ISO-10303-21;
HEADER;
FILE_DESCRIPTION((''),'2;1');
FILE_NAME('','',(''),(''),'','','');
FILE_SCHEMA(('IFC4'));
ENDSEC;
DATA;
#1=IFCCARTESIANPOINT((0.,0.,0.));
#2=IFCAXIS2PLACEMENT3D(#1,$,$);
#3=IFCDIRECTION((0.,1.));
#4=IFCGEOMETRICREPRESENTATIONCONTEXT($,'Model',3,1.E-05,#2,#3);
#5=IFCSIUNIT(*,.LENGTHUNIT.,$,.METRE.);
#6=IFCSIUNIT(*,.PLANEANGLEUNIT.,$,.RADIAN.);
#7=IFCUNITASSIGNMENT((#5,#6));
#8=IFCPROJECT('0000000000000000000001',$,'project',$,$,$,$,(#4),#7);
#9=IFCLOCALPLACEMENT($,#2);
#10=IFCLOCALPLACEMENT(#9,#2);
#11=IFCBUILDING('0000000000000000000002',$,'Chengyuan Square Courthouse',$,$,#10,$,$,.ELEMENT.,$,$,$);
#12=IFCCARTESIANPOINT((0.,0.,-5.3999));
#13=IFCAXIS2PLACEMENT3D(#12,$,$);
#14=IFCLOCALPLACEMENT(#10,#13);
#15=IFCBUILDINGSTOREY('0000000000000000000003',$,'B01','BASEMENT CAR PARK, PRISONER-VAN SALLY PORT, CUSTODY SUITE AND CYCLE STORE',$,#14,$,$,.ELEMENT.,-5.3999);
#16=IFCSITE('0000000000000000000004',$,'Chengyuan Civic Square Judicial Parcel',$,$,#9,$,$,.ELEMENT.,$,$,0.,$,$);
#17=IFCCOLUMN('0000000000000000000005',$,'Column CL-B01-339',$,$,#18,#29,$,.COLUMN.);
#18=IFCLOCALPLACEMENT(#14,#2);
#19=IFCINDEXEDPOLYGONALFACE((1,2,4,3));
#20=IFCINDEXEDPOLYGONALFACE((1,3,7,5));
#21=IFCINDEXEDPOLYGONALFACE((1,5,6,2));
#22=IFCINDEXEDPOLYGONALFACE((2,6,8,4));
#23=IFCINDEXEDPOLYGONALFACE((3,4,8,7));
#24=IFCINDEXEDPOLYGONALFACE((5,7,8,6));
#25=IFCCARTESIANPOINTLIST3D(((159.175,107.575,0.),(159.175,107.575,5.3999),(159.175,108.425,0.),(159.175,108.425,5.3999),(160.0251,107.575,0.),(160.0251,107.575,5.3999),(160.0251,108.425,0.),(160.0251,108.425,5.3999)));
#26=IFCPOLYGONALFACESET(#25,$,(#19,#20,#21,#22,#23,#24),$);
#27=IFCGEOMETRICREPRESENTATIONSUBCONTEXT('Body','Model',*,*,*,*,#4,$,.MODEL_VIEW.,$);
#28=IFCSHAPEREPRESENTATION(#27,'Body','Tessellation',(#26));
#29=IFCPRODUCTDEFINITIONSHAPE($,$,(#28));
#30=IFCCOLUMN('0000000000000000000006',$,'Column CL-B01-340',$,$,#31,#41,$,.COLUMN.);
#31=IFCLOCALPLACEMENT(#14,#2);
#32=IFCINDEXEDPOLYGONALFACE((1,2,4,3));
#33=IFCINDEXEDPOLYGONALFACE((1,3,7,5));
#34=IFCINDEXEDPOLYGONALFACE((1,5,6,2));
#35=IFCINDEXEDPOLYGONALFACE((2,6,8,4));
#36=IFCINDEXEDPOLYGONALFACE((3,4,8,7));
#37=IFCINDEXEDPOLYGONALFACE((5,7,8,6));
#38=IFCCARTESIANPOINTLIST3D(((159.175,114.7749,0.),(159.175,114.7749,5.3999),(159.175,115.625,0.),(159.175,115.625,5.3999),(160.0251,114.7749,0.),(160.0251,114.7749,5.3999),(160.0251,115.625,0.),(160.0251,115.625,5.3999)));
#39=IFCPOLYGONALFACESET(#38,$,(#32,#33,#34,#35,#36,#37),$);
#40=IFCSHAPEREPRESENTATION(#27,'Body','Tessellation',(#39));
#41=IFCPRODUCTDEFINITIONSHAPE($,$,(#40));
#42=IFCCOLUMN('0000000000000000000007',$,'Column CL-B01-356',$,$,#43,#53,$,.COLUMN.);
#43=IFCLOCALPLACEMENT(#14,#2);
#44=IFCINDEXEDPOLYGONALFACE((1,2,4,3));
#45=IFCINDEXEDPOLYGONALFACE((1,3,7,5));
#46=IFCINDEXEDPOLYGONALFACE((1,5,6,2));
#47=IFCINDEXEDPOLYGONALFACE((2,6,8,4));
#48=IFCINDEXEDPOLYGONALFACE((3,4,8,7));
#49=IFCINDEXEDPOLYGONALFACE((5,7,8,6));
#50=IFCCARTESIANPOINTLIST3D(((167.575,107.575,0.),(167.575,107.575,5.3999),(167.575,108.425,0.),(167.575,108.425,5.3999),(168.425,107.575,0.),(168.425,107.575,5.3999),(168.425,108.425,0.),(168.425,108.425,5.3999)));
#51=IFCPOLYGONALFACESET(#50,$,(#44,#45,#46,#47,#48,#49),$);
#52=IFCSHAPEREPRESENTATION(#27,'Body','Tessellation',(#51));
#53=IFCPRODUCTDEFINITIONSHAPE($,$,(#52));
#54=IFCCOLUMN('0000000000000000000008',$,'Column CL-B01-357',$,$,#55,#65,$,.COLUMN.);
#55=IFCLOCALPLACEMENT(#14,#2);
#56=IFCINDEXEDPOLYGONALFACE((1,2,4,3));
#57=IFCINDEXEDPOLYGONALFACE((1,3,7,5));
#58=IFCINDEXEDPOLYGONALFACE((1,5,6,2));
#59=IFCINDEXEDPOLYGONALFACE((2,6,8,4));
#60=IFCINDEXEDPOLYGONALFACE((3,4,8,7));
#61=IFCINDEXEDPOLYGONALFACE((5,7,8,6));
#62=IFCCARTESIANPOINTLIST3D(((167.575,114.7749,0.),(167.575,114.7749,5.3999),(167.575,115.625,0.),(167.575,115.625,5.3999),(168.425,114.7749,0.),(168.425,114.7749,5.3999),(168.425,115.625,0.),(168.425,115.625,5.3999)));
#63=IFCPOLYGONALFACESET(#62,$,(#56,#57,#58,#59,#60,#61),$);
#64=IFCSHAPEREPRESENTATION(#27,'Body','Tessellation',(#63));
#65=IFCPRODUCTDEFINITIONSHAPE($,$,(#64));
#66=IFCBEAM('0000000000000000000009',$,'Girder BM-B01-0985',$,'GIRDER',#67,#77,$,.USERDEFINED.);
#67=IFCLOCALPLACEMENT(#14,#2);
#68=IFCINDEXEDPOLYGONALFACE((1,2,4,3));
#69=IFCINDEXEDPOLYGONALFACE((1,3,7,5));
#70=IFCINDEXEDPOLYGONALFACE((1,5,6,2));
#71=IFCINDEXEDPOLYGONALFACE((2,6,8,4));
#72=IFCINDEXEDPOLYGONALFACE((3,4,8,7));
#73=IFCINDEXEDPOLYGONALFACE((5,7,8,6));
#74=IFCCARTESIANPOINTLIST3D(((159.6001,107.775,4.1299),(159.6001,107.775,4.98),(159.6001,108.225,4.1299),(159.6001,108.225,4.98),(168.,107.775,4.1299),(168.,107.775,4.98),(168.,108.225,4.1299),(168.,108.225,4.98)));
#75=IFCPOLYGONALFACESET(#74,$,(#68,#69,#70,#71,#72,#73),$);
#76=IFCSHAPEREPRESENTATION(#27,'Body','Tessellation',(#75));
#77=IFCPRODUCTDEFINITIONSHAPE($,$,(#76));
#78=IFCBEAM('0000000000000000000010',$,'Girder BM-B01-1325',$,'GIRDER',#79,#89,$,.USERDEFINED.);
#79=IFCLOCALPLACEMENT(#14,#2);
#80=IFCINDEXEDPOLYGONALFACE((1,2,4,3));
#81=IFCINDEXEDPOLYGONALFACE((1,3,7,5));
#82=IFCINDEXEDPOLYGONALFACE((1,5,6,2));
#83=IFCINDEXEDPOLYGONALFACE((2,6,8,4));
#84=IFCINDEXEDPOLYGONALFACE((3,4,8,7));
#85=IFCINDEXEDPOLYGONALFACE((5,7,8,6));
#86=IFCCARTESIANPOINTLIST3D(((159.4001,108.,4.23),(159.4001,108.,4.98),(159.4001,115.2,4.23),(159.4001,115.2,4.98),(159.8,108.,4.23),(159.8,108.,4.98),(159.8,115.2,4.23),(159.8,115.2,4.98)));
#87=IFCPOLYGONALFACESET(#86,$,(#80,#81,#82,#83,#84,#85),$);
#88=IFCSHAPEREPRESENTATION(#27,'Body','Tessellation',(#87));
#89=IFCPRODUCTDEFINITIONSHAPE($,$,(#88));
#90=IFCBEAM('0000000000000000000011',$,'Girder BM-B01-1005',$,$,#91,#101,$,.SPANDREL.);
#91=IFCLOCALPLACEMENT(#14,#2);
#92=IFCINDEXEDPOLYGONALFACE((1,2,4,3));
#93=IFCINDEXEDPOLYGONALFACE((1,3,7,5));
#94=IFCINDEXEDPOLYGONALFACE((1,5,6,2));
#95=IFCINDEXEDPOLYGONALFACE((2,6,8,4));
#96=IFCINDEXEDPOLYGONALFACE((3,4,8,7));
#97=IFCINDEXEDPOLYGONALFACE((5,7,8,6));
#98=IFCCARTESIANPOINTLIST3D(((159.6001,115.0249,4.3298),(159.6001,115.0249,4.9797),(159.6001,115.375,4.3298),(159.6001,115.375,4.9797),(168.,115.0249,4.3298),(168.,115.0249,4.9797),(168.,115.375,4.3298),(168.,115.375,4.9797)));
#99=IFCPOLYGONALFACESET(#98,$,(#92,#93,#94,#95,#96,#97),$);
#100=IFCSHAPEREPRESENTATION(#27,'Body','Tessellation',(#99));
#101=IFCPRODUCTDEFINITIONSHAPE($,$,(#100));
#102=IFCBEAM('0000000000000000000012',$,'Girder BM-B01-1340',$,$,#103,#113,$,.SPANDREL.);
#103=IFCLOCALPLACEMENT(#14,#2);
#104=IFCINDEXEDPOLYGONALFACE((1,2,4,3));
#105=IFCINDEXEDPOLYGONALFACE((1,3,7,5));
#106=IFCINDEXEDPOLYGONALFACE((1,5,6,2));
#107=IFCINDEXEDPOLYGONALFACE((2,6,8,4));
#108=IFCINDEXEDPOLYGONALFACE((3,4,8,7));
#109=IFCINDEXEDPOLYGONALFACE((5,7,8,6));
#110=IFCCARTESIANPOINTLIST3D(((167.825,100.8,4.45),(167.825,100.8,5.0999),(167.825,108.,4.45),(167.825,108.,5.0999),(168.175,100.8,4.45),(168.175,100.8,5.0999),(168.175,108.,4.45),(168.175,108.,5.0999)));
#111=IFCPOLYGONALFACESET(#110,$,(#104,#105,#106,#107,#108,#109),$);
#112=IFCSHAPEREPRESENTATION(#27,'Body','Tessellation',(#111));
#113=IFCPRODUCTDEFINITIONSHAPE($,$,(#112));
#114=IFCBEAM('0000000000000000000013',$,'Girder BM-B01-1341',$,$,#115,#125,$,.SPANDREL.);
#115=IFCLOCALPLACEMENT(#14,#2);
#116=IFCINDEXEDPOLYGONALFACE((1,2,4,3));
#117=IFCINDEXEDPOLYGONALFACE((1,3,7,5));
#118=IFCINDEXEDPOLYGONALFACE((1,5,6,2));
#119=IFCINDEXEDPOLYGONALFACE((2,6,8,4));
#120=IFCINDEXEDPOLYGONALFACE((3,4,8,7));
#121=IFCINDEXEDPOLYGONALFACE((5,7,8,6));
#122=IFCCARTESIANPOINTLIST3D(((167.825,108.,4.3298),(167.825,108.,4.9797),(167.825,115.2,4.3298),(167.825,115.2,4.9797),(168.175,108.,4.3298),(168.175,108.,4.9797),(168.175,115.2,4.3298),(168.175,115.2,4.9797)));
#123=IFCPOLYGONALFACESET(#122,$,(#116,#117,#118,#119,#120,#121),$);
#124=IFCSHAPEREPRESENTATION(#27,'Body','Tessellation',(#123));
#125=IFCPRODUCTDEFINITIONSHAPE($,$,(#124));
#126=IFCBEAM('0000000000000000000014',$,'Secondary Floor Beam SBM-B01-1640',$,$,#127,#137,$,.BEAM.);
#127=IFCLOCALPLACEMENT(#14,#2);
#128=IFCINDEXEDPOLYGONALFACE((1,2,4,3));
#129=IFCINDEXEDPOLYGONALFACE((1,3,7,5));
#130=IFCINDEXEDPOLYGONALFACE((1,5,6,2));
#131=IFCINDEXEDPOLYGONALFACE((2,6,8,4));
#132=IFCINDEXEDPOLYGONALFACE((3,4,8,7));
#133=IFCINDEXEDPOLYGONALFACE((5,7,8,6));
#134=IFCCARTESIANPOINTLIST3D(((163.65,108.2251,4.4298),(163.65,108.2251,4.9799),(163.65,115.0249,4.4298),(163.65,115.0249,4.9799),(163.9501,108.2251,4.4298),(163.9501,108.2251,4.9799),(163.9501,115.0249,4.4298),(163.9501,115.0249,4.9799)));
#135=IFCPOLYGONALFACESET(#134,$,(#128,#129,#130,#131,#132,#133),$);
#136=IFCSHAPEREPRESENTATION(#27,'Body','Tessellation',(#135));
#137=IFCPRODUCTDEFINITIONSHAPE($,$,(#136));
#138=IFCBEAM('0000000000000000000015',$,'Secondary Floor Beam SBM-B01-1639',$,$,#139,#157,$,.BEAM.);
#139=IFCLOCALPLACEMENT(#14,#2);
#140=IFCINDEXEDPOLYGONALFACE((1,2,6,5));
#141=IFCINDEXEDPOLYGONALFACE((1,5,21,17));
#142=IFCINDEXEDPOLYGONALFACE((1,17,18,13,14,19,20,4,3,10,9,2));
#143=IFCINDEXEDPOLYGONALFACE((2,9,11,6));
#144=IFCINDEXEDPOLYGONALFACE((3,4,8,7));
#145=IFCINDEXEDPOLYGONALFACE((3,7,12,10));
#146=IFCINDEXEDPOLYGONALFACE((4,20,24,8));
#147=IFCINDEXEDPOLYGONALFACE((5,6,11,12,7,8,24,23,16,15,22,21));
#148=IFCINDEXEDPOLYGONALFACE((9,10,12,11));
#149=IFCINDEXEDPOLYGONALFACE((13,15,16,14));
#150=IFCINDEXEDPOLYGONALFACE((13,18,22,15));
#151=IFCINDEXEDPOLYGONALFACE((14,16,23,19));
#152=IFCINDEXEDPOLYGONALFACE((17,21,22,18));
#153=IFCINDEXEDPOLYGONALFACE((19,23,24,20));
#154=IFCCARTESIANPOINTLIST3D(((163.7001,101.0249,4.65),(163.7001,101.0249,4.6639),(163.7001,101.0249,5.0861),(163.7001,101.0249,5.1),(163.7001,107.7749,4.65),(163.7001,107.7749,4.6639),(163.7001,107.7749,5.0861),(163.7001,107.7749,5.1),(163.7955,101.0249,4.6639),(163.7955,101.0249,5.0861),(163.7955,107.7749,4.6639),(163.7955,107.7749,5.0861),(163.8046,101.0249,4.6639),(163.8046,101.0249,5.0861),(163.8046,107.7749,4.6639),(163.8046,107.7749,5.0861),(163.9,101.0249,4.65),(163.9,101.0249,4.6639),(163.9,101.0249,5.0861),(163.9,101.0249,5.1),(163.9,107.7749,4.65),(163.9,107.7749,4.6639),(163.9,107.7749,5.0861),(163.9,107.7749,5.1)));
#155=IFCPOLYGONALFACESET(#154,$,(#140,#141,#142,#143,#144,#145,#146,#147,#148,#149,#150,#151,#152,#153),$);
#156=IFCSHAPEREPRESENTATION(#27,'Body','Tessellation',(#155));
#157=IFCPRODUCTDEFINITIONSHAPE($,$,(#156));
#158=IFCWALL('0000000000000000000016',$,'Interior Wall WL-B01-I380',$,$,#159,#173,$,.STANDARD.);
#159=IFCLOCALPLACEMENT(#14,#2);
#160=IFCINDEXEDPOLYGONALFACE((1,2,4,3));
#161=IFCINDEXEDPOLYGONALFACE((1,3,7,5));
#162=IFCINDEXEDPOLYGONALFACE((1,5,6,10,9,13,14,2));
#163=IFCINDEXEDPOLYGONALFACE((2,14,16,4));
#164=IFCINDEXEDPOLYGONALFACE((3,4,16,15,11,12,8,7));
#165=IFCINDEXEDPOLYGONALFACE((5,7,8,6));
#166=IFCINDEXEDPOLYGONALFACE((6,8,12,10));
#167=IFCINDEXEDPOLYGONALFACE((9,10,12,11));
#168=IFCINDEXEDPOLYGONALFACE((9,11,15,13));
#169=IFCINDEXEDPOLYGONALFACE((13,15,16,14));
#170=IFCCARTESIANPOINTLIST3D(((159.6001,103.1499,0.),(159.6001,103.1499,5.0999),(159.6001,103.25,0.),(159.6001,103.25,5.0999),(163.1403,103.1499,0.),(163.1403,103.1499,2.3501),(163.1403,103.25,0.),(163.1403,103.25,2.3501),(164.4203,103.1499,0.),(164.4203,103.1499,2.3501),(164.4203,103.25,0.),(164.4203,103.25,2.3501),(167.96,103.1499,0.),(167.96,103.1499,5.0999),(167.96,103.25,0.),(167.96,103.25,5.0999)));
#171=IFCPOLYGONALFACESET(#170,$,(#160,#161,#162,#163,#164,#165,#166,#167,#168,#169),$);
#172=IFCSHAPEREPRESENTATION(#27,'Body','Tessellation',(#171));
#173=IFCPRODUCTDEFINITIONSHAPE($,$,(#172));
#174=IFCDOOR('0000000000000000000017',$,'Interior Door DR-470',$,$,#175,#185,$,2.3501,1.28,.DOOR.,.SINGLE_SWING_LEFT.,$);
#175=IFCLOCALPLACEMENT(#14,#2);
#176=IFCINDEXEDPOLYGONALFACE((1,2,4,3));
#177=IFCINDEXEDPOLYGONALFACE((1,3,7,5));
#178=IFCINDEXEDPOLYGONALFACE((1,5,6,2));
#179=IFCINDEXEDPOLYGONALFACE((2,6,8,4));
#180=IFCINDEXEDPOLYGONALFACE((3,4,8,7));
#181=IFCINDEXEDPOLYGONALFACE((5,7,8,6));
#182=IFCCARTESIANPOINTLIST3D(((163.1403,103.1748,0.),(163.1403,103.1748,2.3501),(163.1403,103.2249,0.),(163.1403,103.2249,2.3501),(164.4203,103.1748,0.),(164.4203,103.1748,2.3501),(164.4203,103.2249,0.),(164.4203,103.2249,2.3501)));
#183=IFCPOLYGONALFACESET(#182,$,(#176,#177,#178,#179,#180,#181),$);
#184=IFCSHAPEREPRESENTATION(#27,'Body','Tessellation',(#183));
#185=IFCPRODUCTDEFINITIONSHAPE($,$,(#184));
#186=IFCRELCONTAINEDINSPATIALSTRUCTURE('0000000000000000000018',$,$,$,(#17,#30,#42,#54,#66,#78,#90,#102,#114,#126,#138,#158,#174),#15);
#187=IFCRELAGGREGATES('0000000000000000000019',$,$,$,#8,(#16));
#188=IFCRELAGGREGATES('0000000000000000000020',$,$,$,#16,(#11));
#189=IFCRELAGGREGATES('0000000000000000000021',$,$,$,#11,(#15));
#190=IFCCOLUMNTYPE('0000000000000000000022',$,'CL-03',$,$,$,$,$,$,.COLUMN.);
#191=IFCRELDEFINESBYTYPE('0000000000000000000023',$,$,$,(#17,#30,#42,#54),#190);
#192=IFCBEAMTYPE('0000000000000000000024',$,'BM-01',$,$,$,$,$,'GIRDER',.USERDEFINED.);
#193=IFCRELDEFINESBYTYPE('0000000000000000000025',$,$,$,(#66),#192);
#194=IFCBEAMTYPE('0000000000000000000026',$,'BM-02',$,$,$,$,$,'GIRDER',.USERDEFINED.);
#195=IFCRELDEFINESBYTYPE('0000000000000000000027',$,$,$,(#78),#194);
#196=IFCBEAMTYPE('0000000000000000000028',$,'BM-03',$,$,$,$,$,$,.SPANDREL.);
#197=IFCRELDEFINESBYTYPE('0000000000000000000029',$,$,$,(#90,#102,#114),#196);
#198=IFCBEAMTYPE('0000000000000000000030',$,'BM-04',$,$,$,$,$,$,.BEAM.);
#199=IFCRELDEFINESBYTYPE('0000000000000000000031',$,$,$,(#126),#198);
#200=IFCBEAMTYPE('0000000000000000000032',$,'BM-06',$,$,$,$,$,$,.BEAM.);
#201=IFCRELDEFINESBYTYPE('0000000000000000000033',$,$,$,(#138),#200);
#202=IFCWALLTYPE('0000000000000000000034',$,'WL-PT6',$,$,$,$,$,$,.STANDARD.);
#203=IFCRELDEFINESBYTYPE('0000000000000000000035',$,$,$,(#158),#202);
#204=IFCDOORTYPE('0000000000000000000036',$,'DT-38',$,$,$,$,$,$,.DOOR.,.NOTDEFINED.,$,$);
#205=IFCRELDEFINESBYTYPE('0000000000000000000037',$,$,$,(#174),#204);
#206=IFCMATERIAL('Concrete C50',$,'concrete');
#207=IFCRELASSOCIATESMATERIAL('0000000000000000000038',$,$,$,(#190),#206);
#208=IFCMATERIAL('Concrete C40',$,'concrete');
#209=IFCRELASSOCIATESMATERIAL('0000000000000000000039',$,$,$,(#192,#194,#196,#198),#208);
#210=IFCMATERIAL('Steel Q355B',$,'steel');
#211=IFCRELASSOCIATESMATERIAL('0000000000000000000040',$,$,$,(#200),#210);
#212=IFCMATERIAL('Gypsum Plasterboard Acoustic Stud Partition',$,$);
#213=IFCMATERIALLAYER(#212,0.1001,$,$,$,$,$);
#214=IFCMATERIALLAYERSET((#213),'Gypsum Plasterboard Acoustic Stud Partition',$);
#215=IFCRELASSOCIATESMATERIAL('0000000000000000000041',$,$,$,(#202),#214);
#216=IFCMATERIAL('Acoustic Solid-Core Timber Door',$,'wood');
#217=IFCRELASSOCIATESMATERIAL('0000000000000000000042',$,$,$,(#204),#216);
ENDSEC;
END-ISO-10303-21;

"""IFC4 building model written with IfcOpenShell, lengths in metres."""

from ifc_helpers import new_model, si_unit, direction, frame, frame_2d, origin, origin_2d, place, context, subcontext, project, spatial, rectangle, i_section, extrude, material, layer, layer_set, material_profile, profile_set, type_object, element, fill, save


model = new_model("IFC4")

# Units and contexts
model_context = context("Model", 3, precision=1e-05, world=origin(), true_north=direction((0.0, 1.0)))
body_context = subcontext(model_context, "Body", "Model", "MODEL_VIEW")
ifc_project = project(units=[si_unit("LENGTHUNIT", "METRE"), si_unit("PLANEANGLEUNIT", "RADIAN")], contexts=[model_context])

# Site, building, storey
site_placement = place(None, origin())
site = spatial("IfcSite", under=ifc_project, at=site_placement, Name="Chengyuan Civic Square Judicial Parcel", CompositionType="ELEMENT", RefElevation=0.0)
building_placement = place(site_placement, origin())
building = spatial("IfcBuilding", under=site, at=building_placement, Name="Chengyuan Square Courthouse", CompositionType="ELEMENT")
storey_placement = place(building_placement, frame((0.0, 0.0, -5.3999)))
storey = spatial("IfcBuildingStorey", under=building, at=storey_placement, Name="B01", Description="BASEMENT CAR PARK, PRISONER-VAN SALLY PORT, CUSTODY SUITE AND CYCLE STORE", CompositionType="ELEMENT", Elevation=-5.3999)

# Columns
ifc_material_1 = material(Name="Concrete C50", Category="concrete")
ifc_material_profile_1 = material_profile(ifc_material_1, rectangle(XDim=0.8501, YDim=0.8501, at=origin_2d()), Name="RC-COL-850x850")
ifc_profile_set_1 = profile_set([ifc_material_profile_1], Name="Concrete C50")
column_type = type_object("IfcColumnType", Name="CL-03", PredefinedType="COLUMN", material=ifc_profile_set_1)
for number, where, z_axis, x_axis, name in (
    (1, (159.6001, 108.0, 0.0), (0.0, 0.0, 1.0), (1.0, 0.0, 0.0), "Column CL-B01-339"),
    (2, (159.6001, 115.2, 0.0), (0.0, 0.0, 1.0), (1.0, 0.0, 0.0), "Column CL-B01-340"),
    (3, (168.0, 108.0, 0.0), (0.0, 0.0, 1.0), (1.0, 0.0, 0.0), "Column CL-B01-356"),
    (4, (168.0, 115.2, 0.0), (0.0, 0.0, 1.0), (1.0, 0.0, 0.0), "Column CL-B01-357"),
):
    element("IfcColumn", number, at=place(storey_placement, frame(where, z_axis=z_axis, x_axis=x_axis)), inside=storey, type_object=column_type, Name=name, PredefinedType="COLUMN", context=body_context, shape_type="SweptSolid", body=[
        extrude(rectangle(XDim=0.8501, YDim=0.8501, at=origin_2d()), origin(), (0.0, 0.0, 1.0), 5.3999),
    ])

# Beams
ifc_material_2 = material(Name="Concrete C40", Category="concrete")
ifc_material_profile_2 = material_profile(ifc_material_2, rectangle(XDim=0.45, YDim=0.8501, at=origin_2d()), Name="RC-BM-450x850")
ifc_profile_set_2 = profile_set([ifc_material_profile_2], Name="Concrete C40")
beam_type_1 = type_object("IfcBeamType", Name="BM-01", ElementType="GIRDER", PredefinedType="USERDEFINED", material=ifc_profile_set_2)
beam_1_placement = place(storey_placement, frame((159.6001, 108.0, 4.5549), z_axis=(1.0, 0.0, 0.0), x_axis=(0.0, 1.0, 0.0)))
element("IfcBeam", 5, at=beam_1_placement, inside=storey, type_object=beam_type_1, Name="Girder BM-B01-0985", ObjectType="GIRDER", PredefinedType="USERDEFINED", context=body_context, shape_type="SweptSolid", body=[
    extrude(rectangle(XDim=0.45, YDim=0.8501, at=origin_2d()), origin(), (0.0, 0.0, 1.0), 8.3999),
])
ifc_material_profile_3 = material_profile(ifc_material_2, rectangle(XDim=0.3999, YDim=0.75, at=origin_2d()), Name="RC-BM-400x750")
ifc_profile_set_3 = profile_set([ifc_material_profile_3], Name="Concrete C40")
beam_type_2 = type_object("IfcBeamType", Name="BM-02", ElementType="GIRDER", PredefinedType="USERDEFINED", material=ifc_profile_set_3)
beam_2_placement = place(storey_placement, frame((159.6001, 108.0, 4.605), z_axis=(0.0, 1.0, 0.0), x_axis=(-1.0, 0.0, 0.0)))
element("IfcBeam", 6, at=beam_2_placement, inside=storey, type_object=beam_type_2, Name="Girder BM-B01-1325", ObjectType="GIRDER", PredefinedType="USERDEFINED", context=body_context, shape_type="SweptSolid", body=[
    extrude(rectangle(XDim=0.3999, YDim=0.75, at=origin_2d()), origin(), (0.0, 0.0, 1.0), 7.2),
])
ifc_material_profile_4 = material_profile(ifc_material_2, rectangle(XDim=0.3501, YDim=0.6499, at=origin_2d()), Name="RC-BM-350x650")
ifc_profile_set_4 = profile_set([ifc_material_profile_4], Name="Concrete C40")
beam_type_3 = type_object("IfcBeamType", Name="BM-03", PredefinedType="SPANDREL", material=ifc_profile_set_4)
beam_3_placement = place(storey_placement, frame((159.6001, 115.2, 4.6548), z_axis=(1.0, 0.0, 0.0), x_axis=(0.0, 1.0, 0.0)))
element("IfcBeam", 7, at=beam_3_placement, inside=storey, type_object=beam_type_3, Name="Girder BM-B01-1005", PredefinedType="SPANDREL", context=body_context, shape_type="SweptSolid", body=[
    extrude(rectangle(XDim=0.3501, YDim=0.6499, at=origin_2d()), origin(), (0.0, 0.0, 1.0), 8.3999),
])
for number, where, z_axis, x_axis, name in (
    (8, (168.0, 100.8, 4.7749), (0.0, 1.0, 0.0), (-1.0, 0.0, 0.0), "Girder BM-B01-1340"),
    (9, (168.0, 108.0, 4.6548), (0.0, 1.0, 0.0), (-1.0, 0.0, 0.0), "Girder BM-B01-1341"),
):
    element("IfcBeam", number, at=place(storey_placement, frame(where, z_axis=z_axis, x_axis=x_axis)), inside=storey, type_object=beam_type_3, Name=name, PredefinedType="SPANDREL", context=body_context, shape_type="SweptSolid", body=[
        extrude(rectangle(XDim=0.3501, YDim=0.6499, at=origin_2d()), origin(), (0.0, 0.0, 1.0), 7.2),
    ])
ifc_material_profile_5 = material_profile(ifc_material_2, rectangle(XDim=0.3, YDim=0.55, at=origin_2d()), Name="RC-BM-300x550")
ifc_profile_set_5 = profile_set([ifc_material_profile_5], Name="Concrete C40")
beam_type_4 = type_object("IfcBeamType", Name="BM-04", PredefinedType="BEAM", material=ifc_profile_set_5)
beam_4_placement = place(storey_placement, frame((163.8, 108.2251, 4.7048), z_axis=(0.0, 1.0, 0.0), x_axis=(-1.0, 0.0, 0.0)))
element("IfcBeam", 10, at=beam_4_placement, inside=storey, type_object=beam_type_4, Name="Secondary Floor Beam SBM-B01-1640", PredefinedType="BEAM", context=body_context, shape_type="SweptSolid", body=[
    extrude(rectangle(XDim=0.3, YDim=0.55, at=origin_2d()), origin(), (0.0, 0.0, 1.0), 6.7998),
])
ifc_material_3 = material(Name="Steel Q355B", Category="steel")
ifc_material_profile_6 = material_profile(ifc_material_3, i_section(OverallWidth=0.2, OverallDepth=0.45, WebThickness=0.009, FlangeThickness=0.0139, at=origin_2d()), Name="HN 450x200x9x14")
ifc_profile_set_6 = profile_set([ifc_material_profile_6], Name="Steel Q355B")
beam_type_5 = type_object("IfcBeamType", Name="BM-06", PredefinedType="BEAM", material=ifc_profile_set_6)
beam_5_placement = place(storey_placement, frame((163.8, 101.0249, 4.875), z_axis=(0.0, 1.0, 0.0), x_axis=(-1.0, 0.0, 0.0)))
element("IfcBeam", 11, at=beam_5_placement, inside=storey, type_object=beam_type_5, Name="Secondary Floor Beam SBM-B01-1639", PredefinedType="BEAM", context=body_context, shape_type="SweptSolid", body=[
    extrude(i_section(OverallWidth=0.2, OverallDepth=0.45, WebThickness=0.009, FlangeThickness=0.0139, at=origin_2d()), origin(), (0.0, 0.0, 1.0), 6.75),
])

# Wall, opening, door
ifc_material_4 = material(Name="Gypsum Plasterboard Acoustic Stud Partition")
ifc_layer_1 = layer(ifc_material_4, 0.1001)
ifc_layer_set_1 = layer_set([ifc_layer_1], Name="Gypsum Plasterboard Acoustic Stud Partition")
wall_type_1 = type_object("IfcWallType", Name="WL-PT6", PredefinedType="STANDARD", material=ifc_layer_set_1)
wall_1_placement = place(storey_placement, frame((159.6001, 103.2, 0.0), z_axis=(0.0, 0.0, 1.0), x_axis=(1.0, 0.0, 0.0)))
wall_1 = element("IfcWall", 12, at=wall_1_placement, inside=storey, type_object=wall_type_1, Name="Interior Wall WL-B01-I380", PredefinedType="STANDARD", context=body_context, shape_type="SweptSolid", body=[
    extrude(rectangle(XDim=8.3599, YDim=0.1001, at=frame_2d((4.1799, 0.0))), origin(), (0.0, 0.0, 1.0), 5.0999),
])
opening_1_placement = place(wall_1_placement, frame((3.54, 0.0, 0.0)))
opening_1 = element("IfcOpeningElement", 13, at=opening_1_placement, cuts=wall_1, PredefinedType="OPENING", context=body_context, shape_type="SweptSolid", body=[
    extrude(rectangle(XDim=1.28, YDim=2.3501, at=frame_2d((0.6401, 1.175))), frame((0.0, 0.062, 0.0), z_axis=(0.0, -1.0, 0.0), x_axis=(1.0, 0.0, 0.0)), (0.0, 0.0, 1.0), 0.124),
])
ifc_material_5 = material(Name="Acoustic Solid-Core Timber Door", Category="wood")
door_type_1 = type_object("IfcDoorType", Name="DT-38", OperationType="NOTDEFINED", PredefinedType="DOOR", material=ifc_material_5)
door_1_placement = place(opening_1_placement, origin())
door_1 = element("IfcDoor", 14, at=door_1_placement, inside=storey, type_object=door_type_1, Name="Interior Door DR-470", OperationType="SINGLE_SWING_LEFT", OverallHeight=2.3501, OverallWidth=1.28, PredefinedType="DOOR", context=body_context, shape_type="SweptSolid", body=[
    extrude(rectangle(XDim=1.28, YDim=2.3501, at=frame_2d((0.6401, 1.175))), frame((0.0, 0.0249, 0.0), z_axis=(0.0, -1.0, 0.0), x_axis=(1.0, 0.0, 0.0)), (0.0, 0.0, 1.0), 0.05),
])
fill(opening_1, door_1)

save(model, "model.ifc")
